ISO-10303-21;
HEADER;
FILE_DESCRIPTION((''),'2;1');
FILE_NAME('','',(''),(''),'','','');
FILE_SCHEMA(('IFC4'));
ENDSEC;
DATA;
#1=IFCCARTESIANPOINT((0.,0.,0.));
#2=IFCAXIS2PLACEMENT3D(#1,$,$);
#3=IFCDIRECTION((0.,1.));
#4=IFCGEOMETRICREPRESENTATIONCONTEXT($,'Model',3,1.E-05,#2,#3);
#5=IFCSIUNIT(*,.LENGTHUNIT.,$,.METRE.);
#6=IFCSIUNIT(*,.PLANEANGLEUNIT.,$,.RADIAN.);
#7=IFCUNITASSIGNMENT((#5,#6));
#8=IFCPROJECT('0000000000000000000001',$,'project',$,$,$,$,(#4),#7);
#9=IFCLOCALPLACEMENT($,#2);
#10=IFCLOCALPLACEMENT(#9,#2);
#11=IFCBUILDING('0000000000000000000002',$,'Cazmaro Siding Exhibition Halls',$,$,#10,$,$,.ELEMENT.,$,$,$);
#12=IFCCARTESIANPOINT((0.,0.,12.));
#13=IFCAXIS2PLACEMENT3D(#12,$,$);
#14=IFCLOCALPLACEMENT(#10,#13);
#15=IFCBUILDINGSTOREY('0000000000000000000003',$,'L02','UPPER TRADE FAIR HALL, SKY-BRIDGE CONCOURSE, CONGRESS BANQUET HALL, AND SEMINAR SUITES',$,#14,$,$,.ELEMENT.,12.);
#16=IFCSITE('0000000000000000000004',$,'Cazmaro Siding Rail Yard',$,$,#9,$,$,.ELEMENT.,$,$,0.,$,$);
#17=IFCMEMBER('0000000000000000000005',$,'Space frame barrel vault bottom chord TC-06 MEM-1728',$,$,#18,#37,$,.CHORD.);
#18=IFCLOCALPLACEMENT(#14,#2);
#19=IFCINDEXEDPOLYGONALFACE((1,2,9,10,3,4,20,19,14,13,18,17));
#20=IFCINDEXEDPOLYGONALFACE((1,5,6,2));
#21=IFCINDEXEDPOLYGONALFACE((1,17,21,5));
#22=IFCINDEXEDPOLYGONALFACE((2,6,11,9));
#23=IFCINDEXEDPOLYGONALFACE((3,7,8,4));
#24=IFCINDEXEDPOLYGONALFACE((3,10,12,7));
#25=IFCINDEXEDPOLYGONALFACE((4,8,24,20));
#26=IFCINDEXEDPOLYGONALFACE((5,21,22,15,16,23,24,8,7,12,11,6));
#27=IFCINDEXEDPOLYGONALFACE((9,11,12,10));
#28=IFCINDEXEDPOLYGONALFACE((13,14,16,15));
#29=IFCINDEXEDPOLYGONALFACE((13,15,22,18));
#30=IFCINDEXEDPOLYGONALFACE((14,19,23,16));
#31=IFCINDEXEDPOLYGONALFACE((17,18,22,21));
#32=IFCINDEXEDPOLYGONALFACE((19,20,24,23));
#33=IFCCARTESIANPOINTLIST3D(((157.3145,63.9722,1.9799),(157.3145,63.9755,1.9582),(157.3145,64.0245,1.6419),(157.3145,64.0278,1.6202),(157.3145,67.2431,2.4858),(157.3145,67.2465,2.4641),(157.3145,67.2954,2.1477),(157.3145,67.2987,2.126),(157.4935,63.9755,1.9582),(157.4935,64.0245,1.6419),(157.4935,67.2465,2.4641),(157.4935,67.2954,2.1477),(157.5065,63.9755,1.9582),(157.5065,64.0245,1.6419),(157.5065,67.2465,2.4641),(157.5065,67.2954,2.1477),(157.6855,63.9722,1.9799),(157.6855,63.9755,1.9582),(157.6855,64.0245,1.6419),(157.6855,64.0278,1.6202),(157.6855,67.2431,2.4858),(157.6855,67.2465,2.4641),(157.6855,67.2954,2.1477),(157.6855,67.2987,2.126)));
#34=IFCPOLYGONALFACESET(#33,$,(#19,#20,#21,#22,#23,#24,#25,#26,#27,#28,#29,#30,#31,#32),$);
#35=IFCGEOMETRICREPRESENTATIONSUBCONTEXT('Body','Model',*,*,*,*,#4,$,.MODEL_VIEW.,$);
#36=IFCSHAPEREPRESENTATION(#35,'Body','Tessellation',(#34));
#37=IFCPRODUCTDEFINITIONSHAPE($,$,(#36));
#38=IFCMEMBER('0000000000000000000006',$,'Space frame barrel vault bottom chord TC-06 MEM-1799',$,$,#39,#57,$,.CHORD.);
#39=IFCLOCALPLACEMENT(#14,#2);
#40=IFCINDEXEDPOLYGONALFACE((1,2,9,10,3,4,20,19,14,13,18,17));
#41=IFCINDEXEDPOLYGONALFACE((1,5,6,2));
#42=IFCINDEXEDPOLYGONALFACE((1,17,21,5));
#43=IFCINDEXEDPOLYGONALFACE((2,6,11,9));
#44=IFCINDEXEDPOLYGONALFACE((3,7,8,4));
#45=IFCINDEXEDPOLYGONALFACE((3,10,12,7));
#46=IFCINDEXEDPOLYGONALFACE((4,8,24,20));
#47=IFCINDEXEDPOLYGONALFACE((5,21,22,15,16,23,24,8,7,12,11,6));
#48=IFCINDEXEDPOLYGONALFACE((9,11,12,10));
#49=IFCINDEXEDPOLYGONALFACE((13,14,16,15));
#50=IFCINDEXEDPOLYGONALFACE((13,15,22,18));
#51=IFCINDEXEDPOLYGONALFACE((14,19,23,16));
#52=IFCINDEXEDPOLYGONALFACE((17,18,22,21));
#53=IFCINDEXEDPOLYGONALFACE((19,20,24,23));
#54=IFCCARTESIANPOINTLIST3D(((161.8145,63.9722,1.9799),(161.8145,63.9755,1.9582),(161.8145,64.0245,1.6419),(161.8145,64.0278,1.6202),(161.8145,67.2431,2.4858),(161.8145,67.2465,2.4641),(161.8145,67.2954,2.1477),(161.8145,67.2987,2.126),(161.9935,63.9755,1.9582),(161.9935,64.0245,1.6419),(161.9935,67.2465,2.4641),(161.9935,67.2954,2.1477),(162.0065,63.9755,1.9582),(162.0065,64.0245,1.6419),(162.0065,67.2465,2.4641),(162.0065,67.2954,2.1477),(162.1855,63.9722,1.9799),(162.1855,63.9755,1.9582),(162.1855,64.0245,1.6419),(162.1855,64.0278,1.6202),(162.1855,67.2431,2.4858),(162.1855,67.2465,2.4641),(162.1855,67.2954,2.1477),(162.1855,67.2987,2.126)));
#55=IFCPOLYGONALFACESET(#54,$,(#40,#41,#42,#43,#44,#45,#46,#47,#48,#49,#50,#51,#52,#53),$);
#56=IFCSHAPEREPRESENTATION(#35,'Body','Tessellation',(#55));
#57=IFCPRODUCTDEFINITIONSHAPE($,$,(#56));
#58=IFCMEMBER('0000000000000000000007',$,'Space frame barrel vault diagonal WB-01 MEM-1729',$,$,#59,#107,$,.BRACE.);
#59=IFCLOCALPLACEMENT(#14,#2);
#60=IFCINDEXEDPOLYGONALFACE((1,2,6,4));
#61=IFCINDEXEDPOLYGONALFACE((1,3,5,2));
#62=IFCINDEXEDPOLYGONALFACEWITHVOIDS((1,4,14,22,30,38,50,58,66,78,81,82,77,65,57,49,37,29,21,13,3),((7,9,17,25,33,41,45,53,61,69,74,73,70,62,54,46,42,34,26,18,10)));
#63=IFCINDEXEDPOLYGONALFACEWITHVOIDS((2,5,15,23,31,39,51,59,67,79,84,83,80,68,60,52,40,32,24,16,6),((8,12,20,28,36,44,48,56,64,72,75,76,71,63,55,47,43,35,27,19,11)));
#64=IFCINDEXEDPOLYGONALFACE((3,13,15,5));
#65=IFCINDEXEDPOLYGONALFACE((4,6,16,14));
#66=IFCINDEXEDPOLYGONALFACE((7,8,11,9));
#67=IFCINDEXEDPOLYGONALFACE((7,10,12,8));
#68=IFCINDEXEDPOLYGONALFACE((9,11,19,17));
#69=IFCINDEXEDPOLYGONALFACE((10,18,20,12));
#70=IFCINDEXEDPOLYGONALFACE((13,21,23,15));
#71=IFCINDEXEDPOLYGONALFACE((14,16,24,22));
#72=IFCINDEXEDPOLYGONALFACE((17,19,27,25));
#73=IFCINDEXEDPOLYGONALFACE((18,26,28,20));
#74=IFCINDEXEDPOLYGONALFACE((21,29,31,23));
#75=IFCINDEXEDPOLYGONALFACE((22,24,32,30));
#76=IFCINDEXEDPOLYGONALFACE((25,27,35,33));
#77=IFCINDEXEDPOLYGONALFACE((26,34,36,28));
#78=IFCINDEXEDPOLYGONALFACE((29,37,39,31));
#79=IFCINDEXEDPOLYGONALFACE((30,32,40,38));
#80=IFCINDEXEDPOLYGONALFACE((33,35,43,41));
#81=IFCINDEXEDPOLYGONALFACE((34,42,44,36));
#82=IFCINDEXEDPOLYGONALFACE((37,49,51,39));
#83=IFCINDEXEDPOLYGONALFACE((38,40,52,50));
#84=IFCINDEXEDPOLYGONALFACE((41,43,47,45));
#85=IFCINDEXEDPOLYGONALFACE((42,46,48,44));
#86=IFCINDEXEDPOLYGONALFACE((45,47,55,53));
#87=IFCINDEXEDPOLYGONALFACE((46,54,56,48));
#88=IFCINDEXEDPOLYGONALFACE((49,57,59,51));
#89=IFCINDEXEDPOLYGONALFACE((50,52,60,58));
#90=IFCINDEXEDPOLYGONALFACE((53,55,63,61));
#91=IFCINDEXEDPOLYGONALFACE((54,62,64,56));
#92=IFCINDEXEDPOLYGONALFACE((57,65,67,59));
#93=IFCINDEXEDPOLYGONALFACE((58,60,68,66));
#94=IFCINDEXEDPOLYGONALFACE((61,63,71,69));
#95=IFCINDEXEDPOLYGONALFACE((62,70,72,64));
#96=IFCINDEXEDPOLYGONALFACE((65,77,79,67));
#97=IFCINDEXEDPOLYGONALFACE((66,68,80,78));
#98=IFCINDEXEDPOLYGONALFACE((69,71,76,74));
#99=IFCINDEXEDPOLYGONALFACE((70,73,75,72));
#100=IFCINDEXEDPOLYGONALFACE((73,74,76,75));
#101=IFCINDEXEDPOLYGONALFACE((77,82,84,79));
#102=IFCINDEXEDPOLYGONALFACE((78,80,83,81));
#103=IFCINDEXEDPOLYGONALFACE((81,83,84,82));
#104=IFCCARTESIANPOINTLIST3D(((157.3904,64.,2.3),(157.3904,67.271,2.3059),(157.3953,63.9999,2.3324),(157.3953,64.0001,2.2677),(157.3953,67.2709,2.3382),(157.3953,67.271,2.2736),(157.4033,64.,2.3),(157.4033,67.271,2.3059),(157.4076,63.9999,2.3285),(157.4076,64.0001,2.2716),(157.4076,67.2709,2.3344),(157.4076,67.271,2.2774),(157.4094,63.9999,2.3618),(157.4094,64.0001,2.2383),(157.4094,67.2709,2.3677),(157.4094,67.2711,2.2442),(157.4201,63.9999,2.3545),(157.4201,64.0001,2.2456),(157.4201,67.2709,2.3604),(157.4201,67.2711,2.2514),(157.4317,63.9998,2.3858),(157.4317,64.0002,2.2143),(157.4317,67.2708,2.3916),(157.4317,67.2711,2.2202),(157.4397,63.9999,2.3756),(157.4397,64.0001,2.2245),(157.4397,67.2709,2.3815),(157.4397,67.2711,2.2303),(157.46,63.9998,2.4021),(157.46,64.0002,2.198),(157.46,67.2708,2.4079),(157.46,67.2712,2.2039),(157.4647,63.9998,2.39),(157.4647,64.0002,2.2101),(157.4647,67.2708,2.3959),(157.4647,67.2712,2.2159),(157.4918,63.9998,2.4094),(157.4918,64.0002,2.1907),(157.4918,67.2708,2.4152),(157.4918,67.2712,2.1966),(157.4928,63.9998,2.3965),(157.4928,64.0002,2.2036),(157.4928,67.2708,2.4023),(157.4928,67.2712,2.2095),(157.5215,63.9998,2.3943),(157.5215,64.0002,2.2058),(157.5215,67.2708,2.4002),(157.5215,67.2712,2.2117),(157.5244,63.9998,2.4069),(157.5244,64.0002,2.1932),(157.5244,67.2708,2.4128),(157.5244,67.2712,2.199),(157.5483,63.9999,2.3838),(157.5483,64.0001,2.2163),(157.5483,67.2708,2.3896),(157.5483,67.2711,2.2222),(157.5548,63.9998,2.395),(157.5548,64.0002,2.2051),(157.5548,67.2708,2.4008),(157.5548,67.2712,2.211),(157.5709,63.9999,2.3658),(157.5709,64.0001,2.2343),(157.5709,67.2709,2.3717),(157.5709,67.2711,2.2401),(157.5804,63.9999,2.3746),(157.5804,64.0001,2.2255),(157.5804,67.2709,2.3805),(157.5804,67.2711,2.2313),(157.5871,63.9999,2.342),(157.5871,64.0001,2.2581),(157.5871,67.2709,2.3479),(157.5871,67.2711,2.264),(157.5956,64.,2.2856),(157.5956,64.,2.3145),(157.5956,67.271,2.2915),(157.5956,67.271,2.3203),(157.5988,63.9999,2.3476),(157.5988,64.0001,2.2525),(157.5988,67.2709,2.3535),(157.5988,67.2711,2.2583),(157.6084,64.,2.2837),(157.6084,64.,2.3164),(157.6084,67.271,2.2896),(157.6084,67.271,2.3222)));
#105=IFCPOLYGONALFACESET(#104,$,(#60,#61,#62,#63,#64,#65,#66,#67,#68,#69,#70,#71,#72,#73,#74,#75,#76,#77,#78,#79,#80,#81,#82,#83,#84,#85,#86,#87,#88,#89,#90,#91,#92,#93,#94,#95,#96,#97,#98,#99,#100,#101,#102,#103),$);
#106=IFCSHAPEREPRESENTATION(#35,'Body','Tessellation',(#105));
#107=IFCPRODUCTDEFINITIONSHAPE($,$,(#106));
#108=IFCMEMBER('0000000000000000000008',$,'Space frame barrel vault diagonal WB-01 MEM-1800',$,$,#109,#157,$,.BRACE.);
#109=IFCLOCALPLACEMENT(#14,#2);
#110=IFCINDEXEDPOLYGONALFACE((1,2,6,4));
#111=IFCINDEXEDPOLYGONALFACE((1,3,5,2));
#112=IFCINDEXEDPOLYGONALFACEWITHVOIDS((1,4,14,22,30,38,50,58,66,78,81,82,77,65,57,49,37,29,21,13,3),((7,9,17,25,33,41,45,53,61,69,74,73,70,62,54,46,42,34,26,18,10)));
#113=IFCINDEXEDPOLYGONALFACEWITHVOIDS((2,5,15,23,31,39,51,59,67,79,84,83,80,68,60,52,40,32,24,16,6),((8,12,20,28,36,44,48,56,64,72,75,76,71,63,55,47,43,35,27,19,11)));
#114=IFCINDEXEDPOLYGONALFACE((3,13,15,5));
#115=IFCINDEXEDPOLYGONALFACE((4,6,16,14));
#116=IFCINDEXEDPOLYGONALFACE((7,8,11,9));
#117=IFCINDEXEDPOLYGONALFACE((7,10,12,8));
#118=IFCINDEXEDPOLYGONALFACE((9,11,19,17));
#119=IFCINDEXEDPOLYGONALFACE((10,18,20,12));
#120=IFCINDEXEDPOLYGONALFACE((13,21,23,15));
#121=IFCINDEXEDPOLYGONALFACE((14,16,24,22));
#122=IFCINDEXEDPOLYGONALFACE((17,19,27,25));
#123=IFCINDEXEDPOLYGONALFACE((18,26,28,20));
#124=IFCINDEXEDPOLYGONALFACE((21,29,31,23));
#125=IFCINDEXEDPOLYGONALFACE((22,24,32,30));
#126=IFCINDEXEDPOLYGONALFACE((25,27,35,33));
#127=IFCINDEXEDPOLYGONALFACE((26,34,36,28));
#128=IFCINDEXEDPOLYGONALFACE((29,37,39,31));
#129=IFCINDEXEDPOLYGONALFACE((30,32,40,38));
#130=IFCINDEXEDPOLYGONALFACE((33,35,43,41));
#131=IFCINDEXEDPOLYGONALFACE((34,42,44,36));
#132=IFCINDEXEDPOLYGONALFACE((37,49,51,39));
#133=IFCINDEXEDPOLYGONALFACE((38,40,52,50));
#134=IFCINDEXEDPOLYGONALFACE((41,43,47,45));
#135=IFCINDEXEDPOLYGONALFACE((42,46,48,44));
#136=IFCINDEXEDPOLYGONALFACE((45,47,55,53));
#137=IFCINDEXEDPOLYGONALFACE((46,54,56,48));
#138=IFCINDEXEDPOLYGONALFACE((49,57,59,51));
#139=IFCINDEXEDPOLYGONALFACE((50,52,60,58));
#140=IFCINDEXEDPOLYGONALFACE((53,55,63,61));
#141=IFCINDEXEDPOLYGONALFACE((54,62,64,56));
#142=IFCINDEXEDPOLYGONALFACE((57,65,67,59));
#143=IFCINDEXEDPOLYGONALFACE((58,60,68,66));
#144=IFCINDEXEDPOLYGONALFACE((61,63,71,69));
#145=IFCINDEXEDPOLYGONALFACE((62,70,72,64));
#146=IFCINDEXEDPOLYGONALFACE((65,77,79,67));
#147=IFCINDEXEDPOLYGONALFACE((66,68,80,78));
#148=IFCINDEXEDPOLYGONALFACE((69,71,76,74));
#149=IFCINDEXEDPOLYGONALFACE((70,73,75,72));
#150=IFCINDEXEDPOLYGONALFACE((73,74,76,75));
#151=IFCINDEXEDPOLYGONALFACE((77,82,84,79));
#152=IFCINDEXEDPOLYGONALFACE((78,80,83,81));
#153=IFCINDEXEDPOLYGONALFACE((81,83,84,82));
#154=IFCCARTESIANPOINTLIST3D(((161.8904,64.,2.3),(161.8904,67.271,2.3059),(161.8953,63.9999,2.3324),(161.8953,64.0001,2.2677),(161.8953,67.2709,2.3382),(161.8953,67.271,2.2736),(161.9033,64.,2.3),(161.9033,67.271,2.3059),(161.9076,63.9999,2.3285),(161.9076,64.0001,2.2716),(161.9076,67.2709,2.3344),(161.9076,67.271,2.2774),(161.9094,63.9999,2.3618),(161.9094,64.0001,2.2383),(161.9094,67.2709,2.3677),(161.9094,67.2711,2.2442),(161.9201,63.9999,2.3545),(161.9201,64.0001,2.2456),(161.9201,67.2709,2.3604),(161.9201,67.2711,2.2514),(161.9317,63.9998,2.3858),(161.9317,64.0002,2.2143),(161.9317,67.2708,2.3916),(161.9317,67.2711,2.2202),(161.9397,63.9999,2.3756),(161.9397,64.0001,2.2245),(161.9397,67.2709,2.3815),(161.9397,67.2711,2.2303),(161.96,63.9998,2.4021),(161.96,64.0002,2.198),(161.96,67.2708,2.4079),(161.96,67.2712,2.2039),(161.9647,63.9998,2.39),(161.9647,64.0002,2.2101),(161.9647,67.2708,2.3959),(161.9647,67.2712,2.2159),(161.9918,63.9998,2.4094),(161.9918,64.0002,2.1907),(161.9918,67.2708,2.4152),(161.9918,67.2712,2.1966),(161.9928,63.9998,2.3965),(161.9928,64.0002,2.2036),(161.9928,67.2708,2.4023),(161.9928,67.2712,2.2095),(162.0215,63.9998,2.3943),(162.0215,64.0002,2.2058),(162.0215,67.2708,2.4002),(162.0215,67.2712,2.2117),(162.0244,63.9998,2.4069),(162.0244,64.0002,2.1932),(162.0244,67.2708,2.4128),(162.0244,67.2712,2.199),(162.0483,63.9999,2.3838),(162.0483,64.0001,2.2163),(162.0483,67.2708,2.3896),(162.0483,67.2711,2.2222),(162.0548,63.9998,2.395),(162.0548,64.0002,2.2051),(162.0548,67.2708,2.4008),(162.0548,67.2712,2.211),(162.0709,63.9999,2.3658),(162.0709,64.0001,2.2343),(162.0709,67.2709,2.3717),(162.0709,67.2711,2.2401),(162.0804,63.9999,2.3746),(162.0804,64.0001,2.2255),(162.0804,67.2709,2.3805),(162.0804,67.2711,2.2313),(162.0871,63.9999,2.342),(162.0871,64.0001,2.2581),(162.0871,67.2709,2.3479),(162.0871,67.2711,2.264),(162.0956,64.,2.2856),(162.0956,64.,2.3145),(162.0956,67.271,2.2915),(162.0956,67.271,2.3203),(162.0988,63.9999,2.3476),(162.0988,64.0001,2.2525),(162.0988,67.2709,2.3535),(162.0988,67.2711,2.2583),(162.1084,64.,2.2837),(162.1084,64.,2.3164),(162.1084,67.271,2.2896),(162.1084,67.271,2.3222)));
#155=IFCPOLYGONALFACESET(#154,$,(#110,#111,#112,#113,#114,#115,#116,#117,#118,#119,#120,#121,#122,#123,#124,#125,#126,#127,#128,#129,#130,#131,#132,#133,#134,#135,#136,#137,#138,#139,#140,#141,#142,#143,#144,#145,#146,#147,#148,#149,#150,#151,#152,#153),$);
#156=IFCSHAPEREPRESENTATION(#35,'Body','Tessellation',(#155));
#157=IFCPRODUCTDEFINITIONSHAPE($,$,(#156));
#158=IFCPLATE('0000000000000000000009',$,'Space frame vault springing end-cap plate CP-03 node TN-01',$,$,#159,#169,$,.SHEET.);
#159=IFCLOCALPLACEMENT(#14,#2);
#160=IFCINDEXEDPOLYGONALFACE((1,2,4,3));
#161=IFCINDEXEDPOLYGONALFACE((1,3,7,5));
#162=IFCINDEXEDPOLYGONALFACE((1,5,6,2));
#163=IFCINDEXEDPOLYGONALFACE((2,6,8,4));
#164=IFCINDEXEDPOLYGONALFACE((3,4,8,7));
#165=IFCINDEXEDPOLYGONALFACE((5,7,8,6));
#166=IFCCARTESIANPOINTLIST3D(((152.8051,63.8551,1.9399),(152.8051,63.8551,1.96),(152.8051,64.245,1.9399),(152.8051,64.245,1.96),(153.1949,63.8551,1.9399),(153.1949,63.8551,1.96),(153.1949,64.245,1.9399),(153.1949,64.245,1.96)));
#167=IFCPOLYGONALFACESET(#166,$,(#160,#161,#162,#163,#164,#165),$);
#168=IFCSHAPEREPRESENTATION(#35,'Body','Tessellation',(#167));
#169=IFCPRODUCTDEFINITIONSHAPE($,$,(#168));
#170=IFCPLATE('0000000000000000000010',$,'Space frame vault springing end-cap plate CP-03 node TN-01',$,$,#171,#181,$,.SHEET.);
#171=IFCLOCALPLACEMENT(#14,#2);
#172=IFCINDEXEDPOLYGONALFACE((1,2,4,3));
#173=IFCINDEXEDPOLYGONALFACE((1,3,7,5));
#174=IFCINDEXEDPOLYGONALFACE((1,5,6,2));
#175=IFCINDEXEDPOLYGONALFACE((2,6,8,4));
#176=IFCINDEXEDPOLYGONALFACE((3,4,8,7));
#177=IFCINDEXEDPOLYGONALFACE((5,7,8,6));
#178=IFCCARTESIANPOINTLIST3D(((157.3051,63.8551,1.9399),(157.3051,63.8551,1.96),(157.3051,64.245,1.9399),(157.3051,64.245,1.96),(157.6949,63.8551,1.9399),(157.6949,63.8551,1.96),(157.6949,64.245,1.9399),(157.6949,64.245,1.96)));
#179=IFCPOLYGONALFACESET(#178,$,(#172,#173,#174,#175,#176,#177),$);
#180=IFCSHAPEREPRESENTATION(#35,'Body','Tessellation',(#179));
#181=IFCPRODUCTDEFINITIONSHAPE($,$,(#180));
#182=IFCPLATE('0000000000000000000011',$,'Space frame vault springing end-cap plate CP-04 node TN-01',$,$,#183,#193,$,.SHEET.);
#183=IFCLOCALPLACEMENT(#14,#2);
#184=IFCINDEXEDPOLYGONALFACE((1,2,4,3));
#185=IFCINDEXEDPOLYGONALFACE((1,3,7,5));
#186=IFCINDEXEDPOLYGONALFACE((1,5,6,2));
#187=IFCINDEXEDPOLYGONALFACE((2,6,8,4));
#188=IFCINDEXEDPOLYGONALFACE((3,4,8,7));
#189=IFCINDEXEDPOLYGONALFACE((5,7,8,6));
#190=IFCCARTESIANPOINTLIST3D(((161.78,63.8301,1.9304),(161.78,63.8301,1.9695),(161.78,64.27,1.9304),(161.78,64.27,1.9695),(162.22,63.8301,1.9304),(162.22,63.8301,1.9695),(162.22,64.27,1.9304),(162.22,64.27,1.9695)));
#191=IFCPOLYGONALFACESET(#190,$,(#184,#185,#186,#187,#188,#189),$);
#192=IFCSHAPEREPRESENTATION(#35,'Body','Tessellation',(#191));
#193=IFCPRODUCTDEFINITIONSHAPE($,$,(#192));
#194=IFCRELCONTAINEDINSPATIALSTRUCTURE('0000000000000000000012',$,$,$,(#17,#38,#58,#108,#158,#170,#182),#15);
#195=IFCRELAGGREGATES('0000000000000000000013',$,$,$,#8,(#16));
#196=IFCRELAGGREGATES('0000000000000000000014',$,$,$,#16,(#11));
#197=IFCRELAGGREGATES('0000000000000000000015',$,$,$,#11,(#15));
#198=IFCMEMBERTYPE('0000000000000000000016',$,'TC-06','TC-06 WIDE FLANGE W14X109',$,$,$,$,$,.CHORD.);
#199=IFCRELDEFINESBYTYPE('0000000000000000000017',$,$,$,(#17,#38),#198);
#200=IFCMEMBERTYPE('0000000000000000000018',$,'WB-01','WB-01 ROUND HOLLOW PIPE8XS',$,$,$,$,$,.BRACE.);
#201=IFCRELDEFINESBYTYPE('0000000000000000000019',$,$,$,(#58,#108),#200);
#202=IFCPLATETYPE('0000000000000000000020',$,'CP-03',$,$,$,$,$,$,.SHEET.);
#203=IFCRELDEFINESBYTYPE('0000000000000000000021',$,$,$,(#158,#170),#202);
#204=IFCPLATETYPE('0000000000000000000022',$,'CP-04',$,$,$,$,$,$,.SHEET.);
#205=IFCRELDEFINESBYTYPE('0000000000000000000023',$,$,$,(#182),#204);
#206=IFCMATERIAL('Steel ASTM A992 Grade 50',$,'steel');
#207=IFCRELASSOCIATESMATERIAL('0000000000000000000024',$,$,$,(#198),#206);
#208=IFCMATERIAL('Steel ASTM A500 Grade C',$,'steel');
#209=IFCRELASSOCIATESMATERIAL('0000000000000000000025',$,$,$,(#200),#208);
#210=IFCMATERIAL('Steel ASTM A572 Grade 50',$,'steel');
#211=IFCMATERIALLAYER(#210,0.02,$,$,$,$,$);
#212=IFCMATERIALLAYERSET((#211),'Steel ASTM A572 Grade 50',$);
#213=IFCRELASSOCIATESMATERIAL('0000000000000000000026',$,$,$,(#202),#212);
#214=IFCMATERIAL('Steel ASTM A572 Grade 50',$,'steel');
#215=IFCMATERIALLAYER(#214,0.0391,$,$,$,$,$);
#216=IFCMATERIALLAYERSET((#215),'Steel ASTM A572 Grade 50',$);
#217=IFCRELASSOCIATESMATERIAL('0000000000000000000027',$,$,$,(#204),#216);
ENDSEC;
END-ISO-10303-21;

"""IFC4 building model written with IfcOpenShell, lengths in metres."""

from ifc_helpers import new_model, si_unit, direction, frame, origin, origin_2d, place, context, subcontext, project, spatial, rectangle, hollow_circle, i_section, extrude, material, layer, layer_set, material_profile, profile_set, type_object, element, save


model = new_model("IFC4")

# Units and contexts
model_context = context("Model", 3, precision=1e-05, world=origin(), true_north=direction((0.0, 1.0)))
body_context = subcontext(model_context, "Body", "Model", "MODEL_VIEW")
ifc_project = project(units=[si_unit("LENGTHUNIT", "METRE"), si_unit("PLANEANGLEUNIT", "RADIAN")], contexts=[model_context])

# Site, building, storey
site_placement = place(None, origin())
site = spatial("IfcSite", under=ifc_project, at=site_placement, Name="Cazmaro Siding Rail Yard", CompositionType="ELEMENT", RefElevation=0.0)
building_placement = place(site_placement, origin())
building = spatial("IfcBuilding", under=site, at=building_placement, Name="Cazmaro Siding Exhibition Halls", CompositionType="ELEMENT")
storey_placement = place(building_placement, frame((0.0, 0.0, 12.0)))
storey = spatial("IfcBuildingStorey", under=building, at=storey_placement, Name="L02", Description="UPPER TRADE FAIR HALL, SKY-BRIDGE CONCOURSE, CONGRESS BANQUET HALL, AND SEMINAR SUITES", CompositionType="ELEMENT", Elevation=12.0)

# Members
ifc_material_1 = material(Name="Steel ASTM A992 Grade 50", Category="steel")
ifc_material_profile_1 = material_profile(ifc_material_1, i_section(OverallWidth=0.3711, OverallDepth=0.364, WebThickness=0.0129, FlangeThickness=0.022, at=origin_2d()), Name="W14X109")
ifc_profile_set_1 = profile_set([ifc_material_profile_1], Name="Steel ASTM A992 Grade 50")
member_type_1 = type_object("IfcMemberType", Name="TC-06", Description="TC-06 WIDE FLANGE W14X109", PredefinedType="CHORD", material=ifc_profile_set_1)
for number, where, z_axis, x_axis, name in (
    (1, (157.5, 64.0, 1.8), (0.0, 0.988252, 0.152833), (-1.0, 0.0, 0.0), "Space frame barrel vault bottom chord TC-06 MEM-1728"),
    (2, (162.0, 64.0, 1.8), (0.0, 0.988252, 0.152833), (-1.0, 0.0, 0.0), "Space frame barrel vault bottom chord TC-06 MEM-1799"),
):
    element("IfcMember", number, at=place(storey_placement, frame(where, z_axis=z_axis, x_axis=x_axis)), inside=storey, type_object=member_type_1, Name=name, PredefinedType="CHORD", context=body_context, shape_type="SweptSolid", body=[
        extrude(i_section(OverallWidth=0.3711, OverallDepth=0.364, WebThickness=0.0129, FlangeThickness=0.022, at=origin_2d()), origin(), (0.0, 0.0, 1.0), 3.3098),
    ])
ifc_material_2 = material(Name="Steel ASTM A500 Grade C", Category="steel")
ifc_material_profile_2 = material_profile(ifc_material_2, hollow_circle(Radius=0.1096, WallThickness=0.0129, at=origin_2d()), Name="PIPE8XS")
ifc_profile_set_2 = profile_set([ifc_material_profile_2], Name="Steel ASTM A500 Grade C")
member_type_2 = type_object("IfcMemberType", Name="WB-01", Description="WB-01 ROUND HOLLOW PIPE8XS", PredefinedType="BRACE", material=ifc_profile_set_2)
for number, where, z_axis, x_axis, name in (
    (3, (157.5, 64.0, 2.3), (0.0, 0.999998, 0.001791), (-1.0, 0.0, 0.0), "Space frame barrel vault diagonal WB-01 MEM-1729"),
    (4, (162.0, 64.0, 2.3), (0.0, 0.999998, 0.001791), (-1.0, 0.0, 0.0), "Space frame barrel vault diagonal WB-01 MEM-1800"),
):
    element("IfcMember", number, at=place(storey_placement, frame(where, z_axis=z_axis, x_axis=x_axis)), inside=storey, type_object=member_type_2, Name=name, PredefinedType="BRACE", context=body_context, shape_type="SweptSolid", body=[
        extrude(hollow_circle(Radius=0.1096, WallThickness=0.0129, at=origin_2d()), origin(), (0.0, 0.0, 1.0), 3.271),
    ])

# Plates
ifc_material_3 = material(Name="Steel ASTM A572 Grade 50", Category="steel")
ifc_layer_1 = layer(ifc_material_3, 0.02)
ifc_layer_set_1 = layer_set([ifc_layer_1], Name="Steel ASTM A572 Grade 50")
plate_type_1 = type_object("IfcPlateType", Name="CP-03", PredefinedType="SHEET", material=ifc_layer_set_1)
for number, where, z_axis, x_axis, name in (
    (5, (153.0, 64.05, 1.9399), (0.0, 0.0, 1.0), (1.0, 0.0, 0.0), "Space frame vault springing end-cap plate CP-03 node TN-01"),
    (6, (157.5, 64.05, 1.9399), (0.0, 0.0, 1.0), (1.0, 0.0, 0.0), "Space frame vault springing end-cap plate CP-03 node TN-01"),
):
    element("IfcPlate", number, at=place(storey_placement, frame(where, z_axis=z_axis, x_axis=x_axis)), inside=storey, type_object=plate_type_1, Name=name, PredefinedType="SHEET", context=body_context, shape_type="SweptSolid", body=[
        extrude(rectangle(XDim=0.3899, YDim=0.3899, at=origin_2d()), origin(), (0.0, 0.0, 1.0), 0.02),
    ])
ifc_material_4 = material(Name="Steel ASTM A572 Grade 50", Category="steel")
ifc_layer_2 = layer(ifc_material_4, 0.0391)
ifc_layer_set_2 = layer_set([ifc_layer_2], Name="Steel ASTM A572 Grade 50")
plate_type_2 = type_object("IfcPlateType", Name="CP-04", PredefinedType="SHEET", material=ifc_layer_set_2)
plate_1_placement = place(storey_placement, frame((162.0, 64.05, 1.9304), z_axis=(0.0, 0.0, 1.0), x_axis=(1.0, 0.0, 0.0)))
element("IfcPlate", 7, at=plate_1_placement, inside=storey, type_object=plate_type_2, Name="Space frame vault springing end-cap plate CP-04 node TN-01", PredefinedType="SHEET", context=body_context, shape_type="SweptSolid", body=[
    extrude(rectangle(XDim=0.4399, YDim=0.4399, at=origin_2d()), origin(), (0.0, 0.0, 1.0), 0.0391),
])

save(model, "model.ifc")
